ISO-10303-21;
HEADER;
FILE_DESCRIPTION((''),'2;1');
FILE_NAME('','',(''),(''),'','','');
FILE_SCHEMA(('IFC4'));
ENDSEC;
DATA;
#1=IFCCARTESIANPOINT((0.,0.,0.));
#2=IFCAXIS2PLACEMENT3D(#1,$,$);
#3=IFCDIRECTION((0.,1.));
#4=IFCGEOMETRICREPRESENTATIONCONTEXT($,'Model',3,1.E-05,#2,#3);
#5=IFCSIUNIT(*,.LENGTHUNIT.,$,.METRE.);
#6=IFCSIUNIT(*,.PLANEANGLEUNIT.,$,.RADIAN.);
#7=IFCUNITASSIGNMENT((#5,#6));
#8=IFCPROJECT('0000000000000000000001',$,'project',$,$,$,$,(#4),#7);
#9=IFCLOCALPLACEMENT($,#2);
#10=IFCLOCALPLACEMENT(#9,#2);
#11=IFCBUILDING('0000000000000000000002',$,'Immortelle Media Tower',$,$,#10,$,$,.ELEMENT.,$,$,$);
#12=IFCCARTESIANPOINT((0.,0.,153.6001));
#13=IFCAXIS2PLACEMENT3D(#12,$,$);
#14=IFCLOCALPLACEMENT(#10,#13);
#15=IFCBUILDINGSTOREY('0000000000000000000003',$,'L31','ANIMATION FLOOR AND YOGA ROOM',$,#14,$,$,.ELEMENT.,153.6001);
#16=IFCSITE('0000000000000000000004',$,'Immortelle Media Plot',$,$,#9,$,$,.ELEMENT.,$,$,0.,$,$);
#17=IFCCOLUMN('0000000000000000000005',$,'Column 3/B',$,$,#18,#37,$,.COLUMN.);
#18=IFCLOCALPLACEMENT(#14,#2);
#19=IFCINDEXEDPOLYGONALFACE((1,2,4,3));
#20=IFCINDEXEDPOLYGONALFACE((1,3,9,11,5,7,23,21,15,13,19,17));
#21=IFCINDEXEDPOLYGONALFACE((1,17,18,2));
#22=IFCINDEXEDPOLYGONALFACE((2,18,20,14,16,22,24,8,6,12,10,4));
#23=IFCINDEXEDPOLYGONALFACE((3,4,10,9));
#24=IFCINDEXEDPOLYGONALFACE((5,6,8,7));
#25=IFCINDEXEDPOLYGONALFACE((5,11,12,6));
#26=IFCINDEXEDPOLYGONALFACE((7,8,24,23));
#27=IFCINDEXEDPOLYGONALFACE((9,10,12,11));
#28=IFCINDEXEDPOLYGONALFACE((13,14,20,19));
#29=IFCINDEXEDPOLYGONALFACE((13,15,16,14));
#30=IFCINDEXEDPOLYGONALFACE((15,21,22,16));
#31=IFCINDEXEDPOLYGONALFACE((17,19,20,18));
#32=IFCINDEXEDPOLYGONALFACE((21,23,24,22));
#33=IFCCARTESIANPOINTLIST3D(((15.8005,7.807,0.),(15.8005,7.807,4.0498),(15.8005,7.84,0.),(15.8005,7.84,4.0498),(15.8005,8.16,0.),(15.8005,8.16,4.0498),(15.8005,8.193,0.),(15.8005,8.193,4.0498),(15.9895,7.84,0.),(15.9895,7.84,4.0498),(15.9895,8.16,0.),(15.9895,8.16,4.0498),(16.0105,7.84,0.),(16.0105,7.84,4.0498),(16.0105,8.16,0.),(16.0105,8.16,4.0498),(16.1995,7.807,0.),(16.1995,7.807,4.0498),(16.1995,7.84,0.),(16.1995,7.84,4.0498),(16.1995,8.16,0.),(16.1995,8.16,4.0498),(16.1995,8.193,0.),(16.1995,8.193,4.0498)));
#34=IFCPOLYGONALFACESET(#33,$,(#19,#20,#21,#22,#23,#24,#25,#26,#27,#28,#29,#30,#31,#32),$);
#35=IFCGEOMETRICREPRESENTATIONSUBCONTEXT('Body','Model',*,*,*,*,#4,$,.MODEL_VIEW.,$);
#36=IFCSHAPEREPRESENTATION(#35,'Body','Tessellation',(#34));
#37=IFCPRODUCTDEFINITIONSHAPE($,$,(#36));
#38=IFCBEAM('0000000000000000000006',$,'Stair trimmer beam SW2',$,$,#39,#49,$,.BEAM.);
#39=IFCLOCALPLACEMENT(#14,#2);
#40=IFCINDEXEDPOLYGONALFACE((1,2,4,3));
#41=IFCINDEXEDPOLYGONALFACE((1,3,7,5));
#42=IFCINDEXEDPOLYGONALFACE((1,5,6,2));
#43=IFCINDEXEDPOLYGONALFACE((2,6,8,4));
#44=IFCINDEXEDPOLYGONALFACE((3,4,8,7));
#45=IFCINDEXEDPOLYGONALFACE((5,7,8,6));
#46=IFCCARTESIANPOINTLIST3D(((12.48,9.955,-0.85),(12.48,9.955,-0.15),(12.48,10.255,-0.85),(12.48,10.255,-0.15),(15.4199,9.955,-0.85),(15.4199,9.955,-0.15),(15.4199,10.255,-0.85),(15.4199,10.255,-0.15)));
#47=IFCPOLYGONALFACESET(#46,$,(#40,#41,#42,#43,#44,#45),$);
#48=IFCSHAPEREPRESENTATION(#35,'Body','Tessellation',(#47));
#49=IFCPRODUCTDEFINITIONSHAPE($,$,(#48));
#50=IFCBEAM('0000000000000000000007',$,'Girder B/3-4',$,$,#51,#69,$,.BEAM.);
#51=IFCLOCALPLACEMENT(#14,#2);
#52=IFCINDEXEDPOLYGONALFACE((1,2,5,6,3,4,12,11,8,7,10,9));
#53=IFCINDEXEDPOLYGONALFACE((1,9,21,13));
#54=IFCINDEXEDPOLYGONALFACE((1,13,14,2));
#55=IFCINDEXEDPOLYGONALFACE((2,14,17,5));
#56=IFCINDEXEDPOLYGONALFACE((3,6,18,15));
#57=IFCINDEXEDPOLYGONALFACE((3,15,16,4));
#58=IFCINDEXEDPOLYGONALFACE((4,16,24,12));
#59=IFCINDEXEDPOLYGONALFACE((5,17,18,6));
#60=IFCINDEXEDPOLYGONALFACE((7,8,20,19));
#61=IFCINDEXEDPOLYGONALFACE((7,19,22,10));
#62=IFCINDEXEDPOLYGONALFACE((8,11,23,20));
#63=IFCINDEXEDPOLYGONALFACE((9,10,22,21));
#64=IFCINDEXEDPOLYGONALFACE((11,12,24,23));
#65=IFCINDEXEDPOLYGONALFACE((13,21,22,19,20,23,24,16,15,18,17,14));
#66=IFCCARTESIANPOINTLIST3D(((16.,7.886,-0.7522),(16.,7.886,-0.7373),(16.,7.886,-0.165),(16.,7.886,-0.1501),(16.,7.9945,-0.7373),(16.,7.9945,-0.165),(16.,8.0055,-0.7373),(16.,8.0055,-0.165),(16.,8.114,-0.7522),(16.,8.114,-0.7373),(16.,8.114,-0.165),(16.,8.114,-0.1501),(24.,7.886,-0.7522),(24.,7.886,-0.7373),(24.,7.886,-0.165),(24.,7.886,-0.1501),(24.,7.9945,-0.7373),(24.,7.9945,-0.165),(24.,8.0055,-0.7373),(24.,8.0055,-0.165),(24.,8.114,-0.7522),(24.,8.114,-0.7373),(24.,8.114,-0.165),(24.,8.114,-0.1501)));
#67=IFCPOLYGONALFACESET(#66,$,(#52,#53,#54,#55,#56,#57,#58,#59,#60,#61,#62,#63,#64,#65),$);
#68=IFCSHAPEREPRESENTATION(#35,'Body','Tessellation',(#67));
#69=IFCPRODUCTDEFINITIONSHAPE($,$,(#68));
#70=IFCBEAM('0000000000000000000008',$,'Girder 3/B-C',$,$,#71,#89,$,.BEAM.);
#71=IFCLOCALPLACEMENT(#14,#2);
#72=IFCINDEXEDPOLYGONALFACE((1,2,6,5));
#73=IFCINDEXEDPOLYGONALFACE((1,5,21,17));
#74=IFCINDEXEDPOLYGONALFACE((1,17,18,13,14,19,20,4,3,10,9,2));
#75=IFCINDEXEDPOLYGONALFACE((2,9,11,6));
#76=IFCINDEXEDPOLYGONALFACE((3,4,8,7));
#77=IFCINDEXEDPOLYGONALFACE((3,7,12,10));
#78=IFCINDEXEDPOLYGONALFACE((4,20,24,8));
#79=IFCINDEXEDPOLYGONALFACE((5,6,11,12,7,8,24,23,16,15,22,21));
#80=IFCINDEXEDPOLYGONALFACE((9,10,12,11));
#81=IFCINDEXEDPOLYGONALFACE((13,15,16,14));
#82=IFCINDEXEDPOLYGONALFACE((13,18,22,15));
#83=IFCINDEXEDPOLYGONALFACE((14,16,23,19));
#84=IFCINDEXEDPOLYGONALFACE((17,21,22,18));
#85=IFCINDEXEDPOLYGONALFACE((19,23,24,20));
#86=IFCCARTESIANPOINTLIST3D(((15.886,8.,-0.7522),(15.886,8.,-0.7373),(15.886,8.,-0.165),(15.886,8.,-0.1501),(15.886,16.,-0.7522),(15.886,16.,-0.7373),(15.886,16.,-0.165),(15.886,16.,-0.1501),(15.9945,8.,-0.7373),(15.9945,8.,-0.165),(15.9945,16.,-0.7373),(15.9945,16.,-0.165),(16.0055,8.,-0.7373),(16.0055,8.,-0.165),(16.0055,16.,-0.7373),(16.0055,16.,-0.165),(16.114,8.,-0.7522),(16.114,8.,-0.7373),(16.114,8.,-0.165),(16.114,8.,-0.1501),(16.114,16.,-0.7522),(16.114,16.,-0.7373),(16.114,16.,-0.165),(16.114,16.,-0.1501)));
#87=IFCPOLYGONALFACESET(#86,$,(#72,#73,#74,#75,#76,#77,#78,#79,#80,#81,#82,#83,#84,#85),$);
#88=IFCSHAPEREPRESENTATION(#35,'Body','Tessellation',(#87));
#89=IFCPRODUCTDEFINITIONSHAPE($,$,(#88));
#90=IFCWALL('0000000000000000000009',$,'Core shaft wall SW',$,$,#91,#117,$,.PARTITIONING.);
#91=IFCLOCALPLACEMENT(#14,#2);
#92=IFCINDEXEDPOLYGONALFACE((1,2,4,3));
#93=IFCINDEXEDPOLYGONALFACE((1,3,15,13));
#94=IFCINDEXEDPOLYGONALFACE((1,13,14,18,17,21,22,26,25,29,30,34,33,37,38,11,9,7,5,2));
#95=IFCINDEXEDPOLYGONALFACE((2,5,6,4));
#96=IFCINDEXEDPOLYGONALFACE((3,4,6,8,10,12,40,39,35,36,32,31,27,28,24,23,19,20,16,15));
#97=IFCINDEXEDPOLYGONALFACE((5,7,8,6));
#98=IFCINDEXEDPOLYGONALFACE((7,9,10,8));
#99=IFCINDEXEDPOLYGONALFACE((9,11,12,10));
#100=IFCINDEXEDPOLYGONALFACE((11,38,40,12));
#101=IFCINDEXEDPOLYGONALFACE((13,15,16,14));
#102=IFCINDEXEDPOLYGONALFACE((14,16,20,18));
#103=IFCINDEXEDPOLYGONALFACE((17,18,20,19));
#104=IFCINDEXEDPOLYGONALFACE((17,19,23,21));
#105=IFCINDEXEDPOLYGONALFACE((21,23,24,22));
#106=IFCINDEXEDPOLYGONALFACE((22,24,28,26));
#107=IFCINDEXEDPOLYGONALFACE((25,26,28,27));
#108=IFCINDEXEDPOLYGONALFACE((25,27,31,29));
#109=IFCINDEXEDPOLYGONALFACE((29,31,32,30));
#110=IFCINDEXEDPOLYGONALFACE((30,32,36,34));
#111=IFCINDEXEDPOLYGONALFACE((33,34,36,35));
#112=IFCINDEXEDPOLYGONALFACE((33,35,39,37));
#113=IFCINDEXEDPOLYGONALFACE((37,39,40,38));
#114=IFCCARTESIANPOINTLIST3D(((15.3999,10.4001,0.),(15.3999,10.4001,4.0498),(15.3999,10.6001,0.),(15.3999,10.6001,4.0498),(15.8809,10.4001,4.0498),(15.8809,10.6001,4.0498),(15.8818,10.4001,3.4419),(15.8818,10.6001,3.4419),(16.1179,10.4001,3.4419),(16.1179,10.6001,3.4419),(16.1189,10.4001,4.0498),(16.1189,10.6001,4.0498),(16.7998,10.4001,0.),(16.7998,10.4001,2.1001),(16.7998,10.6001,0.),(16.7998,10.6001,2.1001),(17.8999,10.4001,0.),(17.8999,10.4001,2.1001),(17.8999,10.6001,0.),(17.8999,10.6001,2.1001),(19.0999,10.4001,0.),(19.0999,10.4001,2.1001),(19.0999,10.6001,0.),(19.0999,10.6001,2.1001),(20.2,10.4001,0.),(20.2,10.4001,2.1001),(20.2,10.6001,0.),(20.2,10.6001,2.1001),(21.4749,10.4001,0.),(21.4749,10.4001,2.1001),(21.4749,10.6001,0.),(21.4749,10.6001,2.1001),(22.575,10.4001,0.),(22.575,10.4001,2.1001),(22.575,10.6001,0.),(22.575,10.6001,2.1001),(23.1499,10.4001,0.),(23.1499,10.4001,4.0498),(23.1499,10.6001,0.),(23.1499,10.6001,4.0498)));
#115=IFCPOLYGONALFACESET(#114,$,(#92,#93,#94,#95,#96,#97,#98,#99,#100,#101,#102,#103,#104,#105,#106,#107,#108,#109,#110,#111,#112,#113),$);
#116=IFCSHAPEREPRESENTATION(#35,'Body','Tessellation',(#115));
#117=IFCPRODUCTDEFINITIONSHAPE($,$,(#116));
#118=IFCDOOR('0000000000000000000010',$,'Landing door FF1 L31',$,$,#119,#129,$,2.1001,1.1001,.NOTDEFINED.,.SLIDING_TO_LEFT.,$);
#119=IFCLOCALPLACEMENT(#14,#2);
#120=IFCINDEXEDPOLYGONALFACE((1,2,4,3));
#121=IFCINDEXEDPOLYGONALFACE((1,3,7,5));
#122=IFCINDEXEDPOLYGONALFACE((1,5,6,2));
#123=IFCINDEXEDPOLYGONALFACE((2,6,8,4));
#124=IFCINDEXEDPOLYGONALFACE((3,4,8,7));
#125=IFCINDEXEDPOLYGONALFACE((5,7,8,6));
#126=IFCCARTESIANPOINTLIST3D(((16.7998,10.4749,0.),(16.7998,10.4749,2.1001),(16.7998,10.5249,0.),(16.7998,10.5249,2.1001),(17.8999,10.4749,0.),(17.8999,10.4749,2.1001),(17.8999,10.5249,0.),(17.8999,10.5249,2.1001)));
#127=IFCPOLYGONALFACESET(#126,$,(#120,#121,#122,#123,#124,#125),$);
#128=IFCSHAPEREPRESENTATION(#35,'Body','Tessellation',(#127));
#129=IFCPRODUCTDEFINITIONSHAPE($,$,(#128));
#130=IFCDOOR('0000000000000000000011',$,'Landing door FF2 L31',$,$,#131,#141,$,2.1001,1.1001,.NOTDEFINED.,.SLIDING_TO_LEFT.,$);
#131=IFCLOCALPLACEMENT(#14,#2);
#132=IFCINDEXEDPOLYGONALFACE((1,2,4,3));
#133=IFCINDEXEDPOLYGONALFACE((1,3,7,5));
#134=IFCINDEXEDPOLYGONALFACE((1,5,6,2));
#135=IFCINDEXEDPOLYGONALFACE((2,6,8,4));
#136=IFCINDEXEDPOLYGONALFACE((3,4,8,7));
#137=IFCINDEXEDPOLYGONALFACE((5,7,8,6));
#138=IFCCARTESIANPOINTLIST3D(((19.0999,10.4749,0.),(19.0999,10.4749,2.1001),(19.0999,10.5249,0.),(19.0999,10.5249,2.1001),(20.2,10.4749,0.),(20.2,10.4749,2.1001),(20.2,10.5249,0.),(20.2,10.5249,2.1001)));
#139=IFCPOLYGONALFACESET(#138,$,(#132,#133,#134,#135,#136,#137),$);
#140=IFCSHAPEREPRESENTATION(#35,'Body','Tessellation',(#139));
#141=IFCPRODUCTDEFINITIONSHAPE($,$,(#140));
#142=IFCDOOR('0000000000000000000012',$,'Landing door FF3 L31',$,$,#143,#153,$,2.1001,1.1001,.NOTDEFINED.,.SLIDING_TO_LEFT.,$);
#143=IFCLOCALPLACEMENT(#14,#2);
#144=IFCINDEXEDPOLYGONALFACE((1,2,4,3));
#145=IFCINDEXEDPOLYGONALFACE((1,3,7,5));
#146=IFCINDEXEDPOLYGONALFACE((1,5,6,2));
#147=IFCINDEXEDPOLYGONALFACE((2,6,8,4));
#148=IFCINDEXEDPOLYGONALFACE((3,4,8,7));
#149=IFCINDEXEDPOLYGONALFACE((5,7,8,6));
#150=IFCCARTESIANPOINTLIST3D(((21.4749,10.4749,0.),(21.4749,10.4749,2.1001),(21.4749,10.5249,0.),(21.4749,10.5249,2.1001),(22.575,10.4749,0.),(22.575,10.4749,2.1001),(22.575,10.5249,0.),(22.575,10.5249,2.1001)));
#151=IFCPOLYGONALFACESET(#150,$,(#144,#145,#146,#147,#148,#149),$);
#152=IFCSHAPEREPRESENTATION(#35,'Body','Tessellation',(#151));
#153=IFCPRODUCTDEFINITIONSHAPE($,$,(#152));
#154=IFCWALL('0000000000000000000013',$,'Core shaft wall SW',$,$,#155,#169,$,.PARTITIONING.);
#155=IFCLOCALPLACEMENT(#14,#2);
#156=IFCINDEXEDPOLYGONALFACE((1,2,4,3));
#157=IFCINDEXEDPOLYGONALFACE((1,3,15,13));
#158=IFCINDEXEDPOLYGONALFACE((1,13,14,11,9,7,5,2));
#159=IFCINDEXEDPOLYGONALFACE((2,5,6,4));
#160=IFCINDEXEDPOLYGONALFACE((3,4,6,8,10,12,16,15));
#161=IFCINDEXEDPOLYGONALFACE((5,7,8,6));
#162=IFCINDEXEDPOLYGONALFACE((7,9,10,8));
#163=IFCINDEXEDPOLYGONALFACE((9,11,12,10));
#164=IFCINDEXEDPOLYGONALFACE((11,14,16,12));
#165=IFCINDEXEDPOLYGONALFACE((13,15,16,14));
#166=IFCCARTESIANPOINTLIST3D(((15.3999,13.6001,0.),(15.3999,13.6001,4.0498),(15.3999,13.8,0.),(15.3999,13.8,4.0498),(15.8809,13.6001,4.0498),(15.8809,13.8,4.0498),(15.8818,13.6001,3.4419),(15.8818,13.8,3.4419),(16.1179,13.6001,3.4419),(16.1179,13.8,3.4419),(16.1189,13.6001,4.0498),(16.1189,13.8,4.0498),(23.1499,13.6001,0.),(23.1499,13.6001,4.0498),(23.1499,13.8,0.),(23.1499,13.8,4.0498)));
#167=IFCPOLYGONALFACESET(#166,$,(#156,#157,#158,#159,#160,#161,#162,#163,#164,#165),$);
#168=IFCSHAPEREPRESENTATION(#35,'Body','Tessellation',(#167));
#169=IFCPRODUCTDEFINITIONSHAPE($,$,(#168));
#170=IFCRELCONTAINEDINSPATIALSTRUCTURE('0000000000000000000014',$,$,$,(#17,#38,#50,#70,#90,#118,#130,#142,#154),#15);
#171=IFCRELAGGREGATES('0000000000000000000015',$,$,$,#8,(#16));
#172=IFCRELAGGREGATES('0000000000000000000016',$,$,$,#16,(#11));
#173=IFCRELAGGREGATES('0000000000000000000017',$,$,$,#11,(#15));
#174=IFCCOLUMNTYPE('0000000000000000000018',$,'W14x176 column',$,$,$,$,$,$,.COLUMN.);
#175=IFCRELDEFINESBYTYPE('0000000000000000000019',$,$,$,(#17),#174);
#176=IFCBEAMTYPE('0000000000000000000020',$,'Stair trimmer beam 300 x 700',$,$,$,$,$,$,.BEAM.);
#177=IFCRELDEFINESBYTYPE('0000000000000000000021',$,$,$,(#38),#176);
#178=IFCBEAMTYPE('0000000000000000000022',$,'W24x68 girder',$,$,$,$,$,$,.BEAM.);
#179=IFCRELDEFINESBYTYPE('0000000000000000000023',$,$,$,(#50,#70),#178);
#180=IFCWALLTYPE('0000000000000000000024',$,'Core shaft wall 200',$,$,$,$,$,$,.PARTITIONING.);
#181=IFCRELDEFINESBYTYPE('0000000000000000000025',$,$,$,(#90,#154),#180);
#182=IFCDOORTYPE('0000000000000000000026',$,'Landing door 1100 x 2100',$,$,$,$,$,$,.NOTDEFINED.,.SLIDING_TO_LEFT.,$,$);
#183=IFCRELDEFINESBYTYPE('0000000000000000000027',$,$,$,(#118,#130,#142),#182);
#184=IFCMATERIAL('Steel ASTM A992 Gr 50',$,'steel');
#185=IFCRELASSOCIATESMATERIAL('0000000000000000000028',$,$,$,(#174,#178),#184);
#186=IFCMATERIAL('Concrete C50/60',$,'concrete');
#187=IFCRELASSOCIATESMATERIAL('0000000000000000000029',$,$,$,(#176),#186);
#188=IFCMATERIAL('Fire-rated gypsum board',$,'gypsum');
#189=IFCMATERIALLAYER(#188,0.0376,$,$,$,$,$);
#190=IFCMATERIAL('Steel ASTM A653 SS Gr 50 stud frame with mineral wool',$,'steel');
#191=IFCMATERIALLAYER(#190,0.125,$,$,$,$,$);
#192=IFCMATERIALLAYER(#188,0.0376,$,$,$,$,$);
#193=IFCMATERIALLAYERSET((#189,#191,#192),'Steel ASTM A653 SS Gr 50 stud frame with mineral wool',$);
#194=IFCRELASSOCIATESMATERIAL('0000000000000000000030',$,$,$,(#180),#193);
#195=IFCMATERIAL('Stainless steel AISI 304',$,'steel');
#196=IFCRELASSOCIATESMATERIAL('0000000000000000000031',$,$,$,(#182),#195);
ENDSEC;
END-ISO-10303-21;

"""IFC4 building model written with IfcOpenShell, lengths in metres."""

from ifc_helpers import new_model, si_unit, direction, frame, frame_2d, origin, origin_2d, place, context, subcontext, project, spatial, polyline, rectangle, i_section, outline, extrude, material, layer, layer_set, material_profile, profile_set, type_object, element, fill, save


model = new_model("IFC4")

# Units and contexts
model_context = context("Model", 3, precision=1e-05, world=origin(), true_north=direction((0.0, 1.0)))
body_context = subcontext(model_context, "Body", "Model", "MODEL_VIEW")
ifc_project = project(units=[si_unit("LENGTHUNIT", "METRE"), si_unit("PLANEANGLEUNIT", "RADIAN")], contexts=[model_context])

# Site, building, storey
site_placement = place(None, origin())
site = spatial("IfcSite", under=ifc_project, at=site_placement, Name="Immortelle Media Plot", CompositionType="ELEMENT", RefElevation=0.0)
building_placement = place(site_placement, origin())
building = spatial("IfcBuilding", under=site, at=building_placement, Name="Immortelle Media Tower", CompositionType="ELEMENT")
storey_placement = place(building_placement, frame((0.0, 0.0, 153.6001)))
storey = spatial("IfcBuildingStorey", under=building, at=storey_placement, Name="L31", Description="ANIMATION FLOOR AND YOGA ROOM", CompositionType="ELEMENT", Elevation=153.6001)

# Column
ifc_material_1 = material(Name="Steel ASTM A992 Gr 50", Category="steel")
ifc_material_profile_1 = material_profile(ifc_material_1, i_section(OverallWidth=0.3989, OverallDepth=0.386, WebThickness=0.021, FlangeThickness=0.033, at=origin_2d()), Name="W14x176")
ifc_profile_set_1 = profile_set([ifc_material_profile_1], Name="Steel ASTM A992 Gr 50")
column_type = type_object("IfcColumnType", Name="W14x176 column", PredefinedType="COLUMN", material=ifc_profile_set_1)
column_placement = place(storey_placement, frame((16.0, 8.0, 0.0), z_axis=(0.0, 0.0, 1.0), x_axis=(1.0, 0.0, 0.0)))
element("IfcColumn", 1, at=column_placement, inside=storey, type_object=column_type, Name="Column 3/B", PredefinedType="COLUMN", context=body_context, shape_type="SweptSolid", body=[
    extrude(i_section(OverallWidth=0.3989, OverallDepth=0.386, WebThickness=0.021, FlangeThickness=0.033, at=origin_2d()), origin(), (0.0, 0.0, 1.0), 4.0498),
])

# Beams
ifc_material_2 = material(Name="Concrete C50/60", Category="concrete")
ifc_material_profile_2 = material_profile(ifc_material_2, rectangle(XDim=0.3, YDim=0.7, at=origin_2d()), Name="RC 300x700")
ifc_profile_set_2 = profile_set([ifc_material_profile_2], Name="Concrete C50/60")
beam_type_1 = type_object("IfcBeamType", Name="Stair trimmer beam 300 x 700", PredefinedType="BEAM", material=ifc_profile_set_2)
beam_placement = place(storey_placement, frame((12.48, 10.105, -0.5), z_axis=(1.0, 0.0, 0.0), x_axis=(0.0, 1.0, 0.0)))
element("IfcBeam", 2, at=beam_placement, inside=storey, type_object=beam_type_1, Name="Stair trimmer beam SW2", PredefinedType="BEAM", context=body_context, shape_type="SweptSolid", body=[
    extrude(rectangle(XDim=0.3, YDim=0.7, at=origin_2d()), origin(), (0.0, 0.0, 1.0), 2.9399),
])
ifc_material_profile_3 = material_profile(ifc_material_1, i_section(OverallWidth=0.228, OverallDepth=0.6021, WebThickness=0.011, FlangeThickness=0.0149, at=origin_2d()), Name="W24x68")
ifc_profile_set_3 = profile_set([ifc_material_profile_3], Name="Steel ASTM A992 Gr 50")
beam_type_2 = type_object("IfcBeamType", Name="W24x68 girder", PredefinedType="BEAM", material=ifc_profile_set_3)
for number, where, z_axis, x_axis, name in (
    (3, (16.0, 8.0, -0.4512), (1.0, 0.0, 0.0), (0.0, 1.0, 0.0), "Girder B/3-4"),
    (4, (16.0, 8.0, -0.4512), (0.0, 1.0, 0.0), (-1.0, 0.0, 0.0), "Girder 3/B-C"),
):
    element("IfcBeam", number, at=place(storey_placement, frame(where, z_axis=z_axis, x_axis=x_axis)), inside=storey, type_object=beam_type_2, Name=name, PredefinedType="BEAM", context=body_context, shape_type="SweptSolid", body=[
        extrude(i_section(OverallWidth=0.228, OverallDepth=0.6021, WebThickness=0.011, FlangeThickness=0.0149, at=origin_2d()), origin(), (0.0, 0.0, 1.0), 8.0),
    ])

# Wall, openings, doors
ifc_material_3 = material(Name="Fire-rated gypsum board", Category="gypsum")
ifc_layer_1 = layer(ifc_material_3, 0.0376)
ifc_material_4 = material(Name="Steel ASTM A653 SS Gr 50 stud frame with mineral wool", Category="steel")
ifc_layer_2 = layer(ifc_material_4, 0.125)
ifc_layer_3 = layer(ifc_material_3, 0.0376)
ifc_layer_set_1 = layer_set([ifc_layer_1, ifc_layer_2, ifc_layer_3], Name="Steel ASTM A653 SS Gr 50 stud frame with mineral wool")
wall_type_1 = type_object("IfcWallType", Name="Core shaft wall 200", PredefinedType="PARTITIONING", material=ifc_layer_set_1)
wall_1_placement = place(storey_placement, frame((15.3999, 10.5, 0.0), z_axis=(0.0, 0.0, 1.0), x_axis=(1.0, 0.0, 0.0)))
wall_1 = element("IfcWall", 5, at=wall_1_placement, inside=storey, type_object=wall_type_1, Name="Core shaft wall SW", PredefinedType="PARTITIONING", context=body_context, shape_type="SweptSolid", body=[
    extrude(outline(polyline([(0.0, 0.0), (7.75, 0.0), (7.75, 4.0498), (0.719, 4.0498), (0.718, 3.4419), (0.4819, 3.4419), (0.481, 4.0498), (0.0, 4.0498), (0.0, 0.0)])), frame((0.0, 0.1001, 0.0), z_axis=(0.0, -1.0, 0.0), x_axis=(1.0, 0.0, 0.0)), (0.0, 0.0, 1.0), 0.2),
])
opening_1_placement = place(wall_1_placement, frame((1.3999, 0.0, 0.0)))
opening_1 = element("IfcOpeningElement", 6, at=opening_1_placement, cuts=wall_1, PredefinedType="OPENING", context=body_context, shape_type="SweptSolid", body=[
    extrude(rectangle(XDim=1.1001, YDim=2.1001, at=frame_2d((0.55, 1.05))), frame((0.0, 0.1099, 0.0), z_axis=(0.0, -1.0, 0.0), x_axis=(1.0, 0.0, 0.0)), (0.0, 0.0, 1.0), 0.22),
])
opening_2_placement = place(wall_1_placement, frame((3.7, 0.0, 0.0)))
opening_2 = element("IfcOpeningElement", 7, at=opening_2_placement, cuts=wall_1, PredefinedType="OPENING", context=body_context, shape_type="SweptSolid", body=[
    extrude(rectangle(XDim=1.1001, YDim=2.1001, at=frame_2d((0.55, 1.05))), frame((0.0, 0.1099, 0.0), z_axis=(0.0, -1.0, 0.0), x_axis=(1.0, 0.0, 0.0)), (0.0, 0.0, 1.0), 0.22),
])
opening_3_placement = place(wall_1_placement, frame((6.075, 0.0, 0.0)))
opening_3 = element("IfcOpeningElement", 8, at=opening_3_placement, cuts=wall_1, PredefinedType="OPENING", context=body_context, shape_type="SweptSolid", body=[
    extrude(rectangle(XDim=1.1001, YDim=2.1001, at=frame_2d((0.55, 1.05))), frame((0.0, 0.1099, 0.0), z_axis=(0.0, -1.0, 0.0), x_axis=(1.0, 0.0, 0.0)), (0.0, 0.0, 1.0), 0.22),
])
ifc_material_5 = material(Name="Stainless steel AISI 304", Category="steel")
door_type_1 = type_object("IfcDoorType", Name="Landing door 1100 x 2100", OperationType="SLIDING_TO_LEFT", PredefinedType="NOTDEFINED", material=ifc_material_5)
door_1_placement = place(opening_1_placement, origin())
door_1 = element("IfcDoor", 9, at=door_1_placement, inside=storey, type_object=door_type_1, Name="Landing door FF1 L31", OperationType="SLIDING_TO_LEFT", OverallHeight=2.1001, OverallWidth=1.1001, PredefinedType="NOTDEFINED", context=body_context, shape_type="SweptSolid", body=[
    extrude(rectangle(XDim=1.1001, YDim=2.1001, at=frame_2d((0.55, 1.05))), frame((0.0, 0.0249, 0.0), z_axis=(0.0, -1.0, 0.0), x_axis=(1.0, 0.0, 0.0)), (0.0, 0.0, 1.0), 0.05),
])
fill(opening_1, door_1)
door_2_placement = place(opening_2_placement, origin())
door_2 = element("IfcDoor", 10, at=door_2_placement, inside=storey, type_object=door_type_1, Name="Landing door FF2 L31", OperationType="SLIDING_TO_LEFT", OverallHeight=2.1001, OverallWidth=1.1001, PredefinedType="NOTDEFINED", context=body_context, shape_type="SweptSolid", body=[
    extrude(rectangle(XDim=1.1001, YDim=2.1001, at=frame_2d((0.55, 1.05))), frame((0.0, 0.0249, 0.0), z_axis=(0.0, -1.0, 0.0), x_axis=(1.0, 0.0, 0.0)), (0.0, 0.0, 1.0), 0.05),
])
fill(opening_2, door_2)
door_3_placement = place(opening_3_placement, origin())
door_3 = element("IfcDoor", 11, at=door_3_placement, inside=storey, type_object=door_type_1, Name="Landing door FF3 L31", OperationType="SLIDING_TO_LEFT", OverallHeight=2.1001, OverallWidth=1.1001, PredefinedType="NOTDEFINED", context=body_context, shape_type="SweptSolid", body=[
    extrude(rectangle(XDim=1.1001, YDim=2.1001, at=frame_2d((0.55, 1.05))), frame((0.0, 0.0249, 0.0), z_axis=(0.0, -1.0, 0.0), x_axis=(1.0, 0.0, 0.0)), (0.0, 0.0, 1.0), 0.05),
])
fill(opening_3, door_3)

# Wall
wall_2_placement = place(storey_placement, frame((15.3999, 13.7, 0.0), z_axis=(0.0, 0.0, 1.0), x_axis=(1.0, 0.0, 0.0)))
element("IfcWall", 12, at=wall_2_placement, inside=storey, type_object=wall_type_1, Name="Core shaft wall SW", PredefinedType="PARTITIONING", context=body_context, shape_type="SweptSolid", body=[
    extrude(outline(polyline([(0.0, 0.0), (7.75, 0.0), (7.75, 4.0498), (0.719, 4.0498), (0.718, 3.4419), (0.4819, 3.4419), (0.481, 4.0498), (0.0, 4.0498), (0.0, 0.0)])), frame((0.0, 0.1001, 0.0), z_axis=(0.0, -1.0, 0.0), x_axis=(1.0, 0.0, 0.0)), (0.0, 0.0, 1.0), 0.2),
])

save(model, "model.ifc")
